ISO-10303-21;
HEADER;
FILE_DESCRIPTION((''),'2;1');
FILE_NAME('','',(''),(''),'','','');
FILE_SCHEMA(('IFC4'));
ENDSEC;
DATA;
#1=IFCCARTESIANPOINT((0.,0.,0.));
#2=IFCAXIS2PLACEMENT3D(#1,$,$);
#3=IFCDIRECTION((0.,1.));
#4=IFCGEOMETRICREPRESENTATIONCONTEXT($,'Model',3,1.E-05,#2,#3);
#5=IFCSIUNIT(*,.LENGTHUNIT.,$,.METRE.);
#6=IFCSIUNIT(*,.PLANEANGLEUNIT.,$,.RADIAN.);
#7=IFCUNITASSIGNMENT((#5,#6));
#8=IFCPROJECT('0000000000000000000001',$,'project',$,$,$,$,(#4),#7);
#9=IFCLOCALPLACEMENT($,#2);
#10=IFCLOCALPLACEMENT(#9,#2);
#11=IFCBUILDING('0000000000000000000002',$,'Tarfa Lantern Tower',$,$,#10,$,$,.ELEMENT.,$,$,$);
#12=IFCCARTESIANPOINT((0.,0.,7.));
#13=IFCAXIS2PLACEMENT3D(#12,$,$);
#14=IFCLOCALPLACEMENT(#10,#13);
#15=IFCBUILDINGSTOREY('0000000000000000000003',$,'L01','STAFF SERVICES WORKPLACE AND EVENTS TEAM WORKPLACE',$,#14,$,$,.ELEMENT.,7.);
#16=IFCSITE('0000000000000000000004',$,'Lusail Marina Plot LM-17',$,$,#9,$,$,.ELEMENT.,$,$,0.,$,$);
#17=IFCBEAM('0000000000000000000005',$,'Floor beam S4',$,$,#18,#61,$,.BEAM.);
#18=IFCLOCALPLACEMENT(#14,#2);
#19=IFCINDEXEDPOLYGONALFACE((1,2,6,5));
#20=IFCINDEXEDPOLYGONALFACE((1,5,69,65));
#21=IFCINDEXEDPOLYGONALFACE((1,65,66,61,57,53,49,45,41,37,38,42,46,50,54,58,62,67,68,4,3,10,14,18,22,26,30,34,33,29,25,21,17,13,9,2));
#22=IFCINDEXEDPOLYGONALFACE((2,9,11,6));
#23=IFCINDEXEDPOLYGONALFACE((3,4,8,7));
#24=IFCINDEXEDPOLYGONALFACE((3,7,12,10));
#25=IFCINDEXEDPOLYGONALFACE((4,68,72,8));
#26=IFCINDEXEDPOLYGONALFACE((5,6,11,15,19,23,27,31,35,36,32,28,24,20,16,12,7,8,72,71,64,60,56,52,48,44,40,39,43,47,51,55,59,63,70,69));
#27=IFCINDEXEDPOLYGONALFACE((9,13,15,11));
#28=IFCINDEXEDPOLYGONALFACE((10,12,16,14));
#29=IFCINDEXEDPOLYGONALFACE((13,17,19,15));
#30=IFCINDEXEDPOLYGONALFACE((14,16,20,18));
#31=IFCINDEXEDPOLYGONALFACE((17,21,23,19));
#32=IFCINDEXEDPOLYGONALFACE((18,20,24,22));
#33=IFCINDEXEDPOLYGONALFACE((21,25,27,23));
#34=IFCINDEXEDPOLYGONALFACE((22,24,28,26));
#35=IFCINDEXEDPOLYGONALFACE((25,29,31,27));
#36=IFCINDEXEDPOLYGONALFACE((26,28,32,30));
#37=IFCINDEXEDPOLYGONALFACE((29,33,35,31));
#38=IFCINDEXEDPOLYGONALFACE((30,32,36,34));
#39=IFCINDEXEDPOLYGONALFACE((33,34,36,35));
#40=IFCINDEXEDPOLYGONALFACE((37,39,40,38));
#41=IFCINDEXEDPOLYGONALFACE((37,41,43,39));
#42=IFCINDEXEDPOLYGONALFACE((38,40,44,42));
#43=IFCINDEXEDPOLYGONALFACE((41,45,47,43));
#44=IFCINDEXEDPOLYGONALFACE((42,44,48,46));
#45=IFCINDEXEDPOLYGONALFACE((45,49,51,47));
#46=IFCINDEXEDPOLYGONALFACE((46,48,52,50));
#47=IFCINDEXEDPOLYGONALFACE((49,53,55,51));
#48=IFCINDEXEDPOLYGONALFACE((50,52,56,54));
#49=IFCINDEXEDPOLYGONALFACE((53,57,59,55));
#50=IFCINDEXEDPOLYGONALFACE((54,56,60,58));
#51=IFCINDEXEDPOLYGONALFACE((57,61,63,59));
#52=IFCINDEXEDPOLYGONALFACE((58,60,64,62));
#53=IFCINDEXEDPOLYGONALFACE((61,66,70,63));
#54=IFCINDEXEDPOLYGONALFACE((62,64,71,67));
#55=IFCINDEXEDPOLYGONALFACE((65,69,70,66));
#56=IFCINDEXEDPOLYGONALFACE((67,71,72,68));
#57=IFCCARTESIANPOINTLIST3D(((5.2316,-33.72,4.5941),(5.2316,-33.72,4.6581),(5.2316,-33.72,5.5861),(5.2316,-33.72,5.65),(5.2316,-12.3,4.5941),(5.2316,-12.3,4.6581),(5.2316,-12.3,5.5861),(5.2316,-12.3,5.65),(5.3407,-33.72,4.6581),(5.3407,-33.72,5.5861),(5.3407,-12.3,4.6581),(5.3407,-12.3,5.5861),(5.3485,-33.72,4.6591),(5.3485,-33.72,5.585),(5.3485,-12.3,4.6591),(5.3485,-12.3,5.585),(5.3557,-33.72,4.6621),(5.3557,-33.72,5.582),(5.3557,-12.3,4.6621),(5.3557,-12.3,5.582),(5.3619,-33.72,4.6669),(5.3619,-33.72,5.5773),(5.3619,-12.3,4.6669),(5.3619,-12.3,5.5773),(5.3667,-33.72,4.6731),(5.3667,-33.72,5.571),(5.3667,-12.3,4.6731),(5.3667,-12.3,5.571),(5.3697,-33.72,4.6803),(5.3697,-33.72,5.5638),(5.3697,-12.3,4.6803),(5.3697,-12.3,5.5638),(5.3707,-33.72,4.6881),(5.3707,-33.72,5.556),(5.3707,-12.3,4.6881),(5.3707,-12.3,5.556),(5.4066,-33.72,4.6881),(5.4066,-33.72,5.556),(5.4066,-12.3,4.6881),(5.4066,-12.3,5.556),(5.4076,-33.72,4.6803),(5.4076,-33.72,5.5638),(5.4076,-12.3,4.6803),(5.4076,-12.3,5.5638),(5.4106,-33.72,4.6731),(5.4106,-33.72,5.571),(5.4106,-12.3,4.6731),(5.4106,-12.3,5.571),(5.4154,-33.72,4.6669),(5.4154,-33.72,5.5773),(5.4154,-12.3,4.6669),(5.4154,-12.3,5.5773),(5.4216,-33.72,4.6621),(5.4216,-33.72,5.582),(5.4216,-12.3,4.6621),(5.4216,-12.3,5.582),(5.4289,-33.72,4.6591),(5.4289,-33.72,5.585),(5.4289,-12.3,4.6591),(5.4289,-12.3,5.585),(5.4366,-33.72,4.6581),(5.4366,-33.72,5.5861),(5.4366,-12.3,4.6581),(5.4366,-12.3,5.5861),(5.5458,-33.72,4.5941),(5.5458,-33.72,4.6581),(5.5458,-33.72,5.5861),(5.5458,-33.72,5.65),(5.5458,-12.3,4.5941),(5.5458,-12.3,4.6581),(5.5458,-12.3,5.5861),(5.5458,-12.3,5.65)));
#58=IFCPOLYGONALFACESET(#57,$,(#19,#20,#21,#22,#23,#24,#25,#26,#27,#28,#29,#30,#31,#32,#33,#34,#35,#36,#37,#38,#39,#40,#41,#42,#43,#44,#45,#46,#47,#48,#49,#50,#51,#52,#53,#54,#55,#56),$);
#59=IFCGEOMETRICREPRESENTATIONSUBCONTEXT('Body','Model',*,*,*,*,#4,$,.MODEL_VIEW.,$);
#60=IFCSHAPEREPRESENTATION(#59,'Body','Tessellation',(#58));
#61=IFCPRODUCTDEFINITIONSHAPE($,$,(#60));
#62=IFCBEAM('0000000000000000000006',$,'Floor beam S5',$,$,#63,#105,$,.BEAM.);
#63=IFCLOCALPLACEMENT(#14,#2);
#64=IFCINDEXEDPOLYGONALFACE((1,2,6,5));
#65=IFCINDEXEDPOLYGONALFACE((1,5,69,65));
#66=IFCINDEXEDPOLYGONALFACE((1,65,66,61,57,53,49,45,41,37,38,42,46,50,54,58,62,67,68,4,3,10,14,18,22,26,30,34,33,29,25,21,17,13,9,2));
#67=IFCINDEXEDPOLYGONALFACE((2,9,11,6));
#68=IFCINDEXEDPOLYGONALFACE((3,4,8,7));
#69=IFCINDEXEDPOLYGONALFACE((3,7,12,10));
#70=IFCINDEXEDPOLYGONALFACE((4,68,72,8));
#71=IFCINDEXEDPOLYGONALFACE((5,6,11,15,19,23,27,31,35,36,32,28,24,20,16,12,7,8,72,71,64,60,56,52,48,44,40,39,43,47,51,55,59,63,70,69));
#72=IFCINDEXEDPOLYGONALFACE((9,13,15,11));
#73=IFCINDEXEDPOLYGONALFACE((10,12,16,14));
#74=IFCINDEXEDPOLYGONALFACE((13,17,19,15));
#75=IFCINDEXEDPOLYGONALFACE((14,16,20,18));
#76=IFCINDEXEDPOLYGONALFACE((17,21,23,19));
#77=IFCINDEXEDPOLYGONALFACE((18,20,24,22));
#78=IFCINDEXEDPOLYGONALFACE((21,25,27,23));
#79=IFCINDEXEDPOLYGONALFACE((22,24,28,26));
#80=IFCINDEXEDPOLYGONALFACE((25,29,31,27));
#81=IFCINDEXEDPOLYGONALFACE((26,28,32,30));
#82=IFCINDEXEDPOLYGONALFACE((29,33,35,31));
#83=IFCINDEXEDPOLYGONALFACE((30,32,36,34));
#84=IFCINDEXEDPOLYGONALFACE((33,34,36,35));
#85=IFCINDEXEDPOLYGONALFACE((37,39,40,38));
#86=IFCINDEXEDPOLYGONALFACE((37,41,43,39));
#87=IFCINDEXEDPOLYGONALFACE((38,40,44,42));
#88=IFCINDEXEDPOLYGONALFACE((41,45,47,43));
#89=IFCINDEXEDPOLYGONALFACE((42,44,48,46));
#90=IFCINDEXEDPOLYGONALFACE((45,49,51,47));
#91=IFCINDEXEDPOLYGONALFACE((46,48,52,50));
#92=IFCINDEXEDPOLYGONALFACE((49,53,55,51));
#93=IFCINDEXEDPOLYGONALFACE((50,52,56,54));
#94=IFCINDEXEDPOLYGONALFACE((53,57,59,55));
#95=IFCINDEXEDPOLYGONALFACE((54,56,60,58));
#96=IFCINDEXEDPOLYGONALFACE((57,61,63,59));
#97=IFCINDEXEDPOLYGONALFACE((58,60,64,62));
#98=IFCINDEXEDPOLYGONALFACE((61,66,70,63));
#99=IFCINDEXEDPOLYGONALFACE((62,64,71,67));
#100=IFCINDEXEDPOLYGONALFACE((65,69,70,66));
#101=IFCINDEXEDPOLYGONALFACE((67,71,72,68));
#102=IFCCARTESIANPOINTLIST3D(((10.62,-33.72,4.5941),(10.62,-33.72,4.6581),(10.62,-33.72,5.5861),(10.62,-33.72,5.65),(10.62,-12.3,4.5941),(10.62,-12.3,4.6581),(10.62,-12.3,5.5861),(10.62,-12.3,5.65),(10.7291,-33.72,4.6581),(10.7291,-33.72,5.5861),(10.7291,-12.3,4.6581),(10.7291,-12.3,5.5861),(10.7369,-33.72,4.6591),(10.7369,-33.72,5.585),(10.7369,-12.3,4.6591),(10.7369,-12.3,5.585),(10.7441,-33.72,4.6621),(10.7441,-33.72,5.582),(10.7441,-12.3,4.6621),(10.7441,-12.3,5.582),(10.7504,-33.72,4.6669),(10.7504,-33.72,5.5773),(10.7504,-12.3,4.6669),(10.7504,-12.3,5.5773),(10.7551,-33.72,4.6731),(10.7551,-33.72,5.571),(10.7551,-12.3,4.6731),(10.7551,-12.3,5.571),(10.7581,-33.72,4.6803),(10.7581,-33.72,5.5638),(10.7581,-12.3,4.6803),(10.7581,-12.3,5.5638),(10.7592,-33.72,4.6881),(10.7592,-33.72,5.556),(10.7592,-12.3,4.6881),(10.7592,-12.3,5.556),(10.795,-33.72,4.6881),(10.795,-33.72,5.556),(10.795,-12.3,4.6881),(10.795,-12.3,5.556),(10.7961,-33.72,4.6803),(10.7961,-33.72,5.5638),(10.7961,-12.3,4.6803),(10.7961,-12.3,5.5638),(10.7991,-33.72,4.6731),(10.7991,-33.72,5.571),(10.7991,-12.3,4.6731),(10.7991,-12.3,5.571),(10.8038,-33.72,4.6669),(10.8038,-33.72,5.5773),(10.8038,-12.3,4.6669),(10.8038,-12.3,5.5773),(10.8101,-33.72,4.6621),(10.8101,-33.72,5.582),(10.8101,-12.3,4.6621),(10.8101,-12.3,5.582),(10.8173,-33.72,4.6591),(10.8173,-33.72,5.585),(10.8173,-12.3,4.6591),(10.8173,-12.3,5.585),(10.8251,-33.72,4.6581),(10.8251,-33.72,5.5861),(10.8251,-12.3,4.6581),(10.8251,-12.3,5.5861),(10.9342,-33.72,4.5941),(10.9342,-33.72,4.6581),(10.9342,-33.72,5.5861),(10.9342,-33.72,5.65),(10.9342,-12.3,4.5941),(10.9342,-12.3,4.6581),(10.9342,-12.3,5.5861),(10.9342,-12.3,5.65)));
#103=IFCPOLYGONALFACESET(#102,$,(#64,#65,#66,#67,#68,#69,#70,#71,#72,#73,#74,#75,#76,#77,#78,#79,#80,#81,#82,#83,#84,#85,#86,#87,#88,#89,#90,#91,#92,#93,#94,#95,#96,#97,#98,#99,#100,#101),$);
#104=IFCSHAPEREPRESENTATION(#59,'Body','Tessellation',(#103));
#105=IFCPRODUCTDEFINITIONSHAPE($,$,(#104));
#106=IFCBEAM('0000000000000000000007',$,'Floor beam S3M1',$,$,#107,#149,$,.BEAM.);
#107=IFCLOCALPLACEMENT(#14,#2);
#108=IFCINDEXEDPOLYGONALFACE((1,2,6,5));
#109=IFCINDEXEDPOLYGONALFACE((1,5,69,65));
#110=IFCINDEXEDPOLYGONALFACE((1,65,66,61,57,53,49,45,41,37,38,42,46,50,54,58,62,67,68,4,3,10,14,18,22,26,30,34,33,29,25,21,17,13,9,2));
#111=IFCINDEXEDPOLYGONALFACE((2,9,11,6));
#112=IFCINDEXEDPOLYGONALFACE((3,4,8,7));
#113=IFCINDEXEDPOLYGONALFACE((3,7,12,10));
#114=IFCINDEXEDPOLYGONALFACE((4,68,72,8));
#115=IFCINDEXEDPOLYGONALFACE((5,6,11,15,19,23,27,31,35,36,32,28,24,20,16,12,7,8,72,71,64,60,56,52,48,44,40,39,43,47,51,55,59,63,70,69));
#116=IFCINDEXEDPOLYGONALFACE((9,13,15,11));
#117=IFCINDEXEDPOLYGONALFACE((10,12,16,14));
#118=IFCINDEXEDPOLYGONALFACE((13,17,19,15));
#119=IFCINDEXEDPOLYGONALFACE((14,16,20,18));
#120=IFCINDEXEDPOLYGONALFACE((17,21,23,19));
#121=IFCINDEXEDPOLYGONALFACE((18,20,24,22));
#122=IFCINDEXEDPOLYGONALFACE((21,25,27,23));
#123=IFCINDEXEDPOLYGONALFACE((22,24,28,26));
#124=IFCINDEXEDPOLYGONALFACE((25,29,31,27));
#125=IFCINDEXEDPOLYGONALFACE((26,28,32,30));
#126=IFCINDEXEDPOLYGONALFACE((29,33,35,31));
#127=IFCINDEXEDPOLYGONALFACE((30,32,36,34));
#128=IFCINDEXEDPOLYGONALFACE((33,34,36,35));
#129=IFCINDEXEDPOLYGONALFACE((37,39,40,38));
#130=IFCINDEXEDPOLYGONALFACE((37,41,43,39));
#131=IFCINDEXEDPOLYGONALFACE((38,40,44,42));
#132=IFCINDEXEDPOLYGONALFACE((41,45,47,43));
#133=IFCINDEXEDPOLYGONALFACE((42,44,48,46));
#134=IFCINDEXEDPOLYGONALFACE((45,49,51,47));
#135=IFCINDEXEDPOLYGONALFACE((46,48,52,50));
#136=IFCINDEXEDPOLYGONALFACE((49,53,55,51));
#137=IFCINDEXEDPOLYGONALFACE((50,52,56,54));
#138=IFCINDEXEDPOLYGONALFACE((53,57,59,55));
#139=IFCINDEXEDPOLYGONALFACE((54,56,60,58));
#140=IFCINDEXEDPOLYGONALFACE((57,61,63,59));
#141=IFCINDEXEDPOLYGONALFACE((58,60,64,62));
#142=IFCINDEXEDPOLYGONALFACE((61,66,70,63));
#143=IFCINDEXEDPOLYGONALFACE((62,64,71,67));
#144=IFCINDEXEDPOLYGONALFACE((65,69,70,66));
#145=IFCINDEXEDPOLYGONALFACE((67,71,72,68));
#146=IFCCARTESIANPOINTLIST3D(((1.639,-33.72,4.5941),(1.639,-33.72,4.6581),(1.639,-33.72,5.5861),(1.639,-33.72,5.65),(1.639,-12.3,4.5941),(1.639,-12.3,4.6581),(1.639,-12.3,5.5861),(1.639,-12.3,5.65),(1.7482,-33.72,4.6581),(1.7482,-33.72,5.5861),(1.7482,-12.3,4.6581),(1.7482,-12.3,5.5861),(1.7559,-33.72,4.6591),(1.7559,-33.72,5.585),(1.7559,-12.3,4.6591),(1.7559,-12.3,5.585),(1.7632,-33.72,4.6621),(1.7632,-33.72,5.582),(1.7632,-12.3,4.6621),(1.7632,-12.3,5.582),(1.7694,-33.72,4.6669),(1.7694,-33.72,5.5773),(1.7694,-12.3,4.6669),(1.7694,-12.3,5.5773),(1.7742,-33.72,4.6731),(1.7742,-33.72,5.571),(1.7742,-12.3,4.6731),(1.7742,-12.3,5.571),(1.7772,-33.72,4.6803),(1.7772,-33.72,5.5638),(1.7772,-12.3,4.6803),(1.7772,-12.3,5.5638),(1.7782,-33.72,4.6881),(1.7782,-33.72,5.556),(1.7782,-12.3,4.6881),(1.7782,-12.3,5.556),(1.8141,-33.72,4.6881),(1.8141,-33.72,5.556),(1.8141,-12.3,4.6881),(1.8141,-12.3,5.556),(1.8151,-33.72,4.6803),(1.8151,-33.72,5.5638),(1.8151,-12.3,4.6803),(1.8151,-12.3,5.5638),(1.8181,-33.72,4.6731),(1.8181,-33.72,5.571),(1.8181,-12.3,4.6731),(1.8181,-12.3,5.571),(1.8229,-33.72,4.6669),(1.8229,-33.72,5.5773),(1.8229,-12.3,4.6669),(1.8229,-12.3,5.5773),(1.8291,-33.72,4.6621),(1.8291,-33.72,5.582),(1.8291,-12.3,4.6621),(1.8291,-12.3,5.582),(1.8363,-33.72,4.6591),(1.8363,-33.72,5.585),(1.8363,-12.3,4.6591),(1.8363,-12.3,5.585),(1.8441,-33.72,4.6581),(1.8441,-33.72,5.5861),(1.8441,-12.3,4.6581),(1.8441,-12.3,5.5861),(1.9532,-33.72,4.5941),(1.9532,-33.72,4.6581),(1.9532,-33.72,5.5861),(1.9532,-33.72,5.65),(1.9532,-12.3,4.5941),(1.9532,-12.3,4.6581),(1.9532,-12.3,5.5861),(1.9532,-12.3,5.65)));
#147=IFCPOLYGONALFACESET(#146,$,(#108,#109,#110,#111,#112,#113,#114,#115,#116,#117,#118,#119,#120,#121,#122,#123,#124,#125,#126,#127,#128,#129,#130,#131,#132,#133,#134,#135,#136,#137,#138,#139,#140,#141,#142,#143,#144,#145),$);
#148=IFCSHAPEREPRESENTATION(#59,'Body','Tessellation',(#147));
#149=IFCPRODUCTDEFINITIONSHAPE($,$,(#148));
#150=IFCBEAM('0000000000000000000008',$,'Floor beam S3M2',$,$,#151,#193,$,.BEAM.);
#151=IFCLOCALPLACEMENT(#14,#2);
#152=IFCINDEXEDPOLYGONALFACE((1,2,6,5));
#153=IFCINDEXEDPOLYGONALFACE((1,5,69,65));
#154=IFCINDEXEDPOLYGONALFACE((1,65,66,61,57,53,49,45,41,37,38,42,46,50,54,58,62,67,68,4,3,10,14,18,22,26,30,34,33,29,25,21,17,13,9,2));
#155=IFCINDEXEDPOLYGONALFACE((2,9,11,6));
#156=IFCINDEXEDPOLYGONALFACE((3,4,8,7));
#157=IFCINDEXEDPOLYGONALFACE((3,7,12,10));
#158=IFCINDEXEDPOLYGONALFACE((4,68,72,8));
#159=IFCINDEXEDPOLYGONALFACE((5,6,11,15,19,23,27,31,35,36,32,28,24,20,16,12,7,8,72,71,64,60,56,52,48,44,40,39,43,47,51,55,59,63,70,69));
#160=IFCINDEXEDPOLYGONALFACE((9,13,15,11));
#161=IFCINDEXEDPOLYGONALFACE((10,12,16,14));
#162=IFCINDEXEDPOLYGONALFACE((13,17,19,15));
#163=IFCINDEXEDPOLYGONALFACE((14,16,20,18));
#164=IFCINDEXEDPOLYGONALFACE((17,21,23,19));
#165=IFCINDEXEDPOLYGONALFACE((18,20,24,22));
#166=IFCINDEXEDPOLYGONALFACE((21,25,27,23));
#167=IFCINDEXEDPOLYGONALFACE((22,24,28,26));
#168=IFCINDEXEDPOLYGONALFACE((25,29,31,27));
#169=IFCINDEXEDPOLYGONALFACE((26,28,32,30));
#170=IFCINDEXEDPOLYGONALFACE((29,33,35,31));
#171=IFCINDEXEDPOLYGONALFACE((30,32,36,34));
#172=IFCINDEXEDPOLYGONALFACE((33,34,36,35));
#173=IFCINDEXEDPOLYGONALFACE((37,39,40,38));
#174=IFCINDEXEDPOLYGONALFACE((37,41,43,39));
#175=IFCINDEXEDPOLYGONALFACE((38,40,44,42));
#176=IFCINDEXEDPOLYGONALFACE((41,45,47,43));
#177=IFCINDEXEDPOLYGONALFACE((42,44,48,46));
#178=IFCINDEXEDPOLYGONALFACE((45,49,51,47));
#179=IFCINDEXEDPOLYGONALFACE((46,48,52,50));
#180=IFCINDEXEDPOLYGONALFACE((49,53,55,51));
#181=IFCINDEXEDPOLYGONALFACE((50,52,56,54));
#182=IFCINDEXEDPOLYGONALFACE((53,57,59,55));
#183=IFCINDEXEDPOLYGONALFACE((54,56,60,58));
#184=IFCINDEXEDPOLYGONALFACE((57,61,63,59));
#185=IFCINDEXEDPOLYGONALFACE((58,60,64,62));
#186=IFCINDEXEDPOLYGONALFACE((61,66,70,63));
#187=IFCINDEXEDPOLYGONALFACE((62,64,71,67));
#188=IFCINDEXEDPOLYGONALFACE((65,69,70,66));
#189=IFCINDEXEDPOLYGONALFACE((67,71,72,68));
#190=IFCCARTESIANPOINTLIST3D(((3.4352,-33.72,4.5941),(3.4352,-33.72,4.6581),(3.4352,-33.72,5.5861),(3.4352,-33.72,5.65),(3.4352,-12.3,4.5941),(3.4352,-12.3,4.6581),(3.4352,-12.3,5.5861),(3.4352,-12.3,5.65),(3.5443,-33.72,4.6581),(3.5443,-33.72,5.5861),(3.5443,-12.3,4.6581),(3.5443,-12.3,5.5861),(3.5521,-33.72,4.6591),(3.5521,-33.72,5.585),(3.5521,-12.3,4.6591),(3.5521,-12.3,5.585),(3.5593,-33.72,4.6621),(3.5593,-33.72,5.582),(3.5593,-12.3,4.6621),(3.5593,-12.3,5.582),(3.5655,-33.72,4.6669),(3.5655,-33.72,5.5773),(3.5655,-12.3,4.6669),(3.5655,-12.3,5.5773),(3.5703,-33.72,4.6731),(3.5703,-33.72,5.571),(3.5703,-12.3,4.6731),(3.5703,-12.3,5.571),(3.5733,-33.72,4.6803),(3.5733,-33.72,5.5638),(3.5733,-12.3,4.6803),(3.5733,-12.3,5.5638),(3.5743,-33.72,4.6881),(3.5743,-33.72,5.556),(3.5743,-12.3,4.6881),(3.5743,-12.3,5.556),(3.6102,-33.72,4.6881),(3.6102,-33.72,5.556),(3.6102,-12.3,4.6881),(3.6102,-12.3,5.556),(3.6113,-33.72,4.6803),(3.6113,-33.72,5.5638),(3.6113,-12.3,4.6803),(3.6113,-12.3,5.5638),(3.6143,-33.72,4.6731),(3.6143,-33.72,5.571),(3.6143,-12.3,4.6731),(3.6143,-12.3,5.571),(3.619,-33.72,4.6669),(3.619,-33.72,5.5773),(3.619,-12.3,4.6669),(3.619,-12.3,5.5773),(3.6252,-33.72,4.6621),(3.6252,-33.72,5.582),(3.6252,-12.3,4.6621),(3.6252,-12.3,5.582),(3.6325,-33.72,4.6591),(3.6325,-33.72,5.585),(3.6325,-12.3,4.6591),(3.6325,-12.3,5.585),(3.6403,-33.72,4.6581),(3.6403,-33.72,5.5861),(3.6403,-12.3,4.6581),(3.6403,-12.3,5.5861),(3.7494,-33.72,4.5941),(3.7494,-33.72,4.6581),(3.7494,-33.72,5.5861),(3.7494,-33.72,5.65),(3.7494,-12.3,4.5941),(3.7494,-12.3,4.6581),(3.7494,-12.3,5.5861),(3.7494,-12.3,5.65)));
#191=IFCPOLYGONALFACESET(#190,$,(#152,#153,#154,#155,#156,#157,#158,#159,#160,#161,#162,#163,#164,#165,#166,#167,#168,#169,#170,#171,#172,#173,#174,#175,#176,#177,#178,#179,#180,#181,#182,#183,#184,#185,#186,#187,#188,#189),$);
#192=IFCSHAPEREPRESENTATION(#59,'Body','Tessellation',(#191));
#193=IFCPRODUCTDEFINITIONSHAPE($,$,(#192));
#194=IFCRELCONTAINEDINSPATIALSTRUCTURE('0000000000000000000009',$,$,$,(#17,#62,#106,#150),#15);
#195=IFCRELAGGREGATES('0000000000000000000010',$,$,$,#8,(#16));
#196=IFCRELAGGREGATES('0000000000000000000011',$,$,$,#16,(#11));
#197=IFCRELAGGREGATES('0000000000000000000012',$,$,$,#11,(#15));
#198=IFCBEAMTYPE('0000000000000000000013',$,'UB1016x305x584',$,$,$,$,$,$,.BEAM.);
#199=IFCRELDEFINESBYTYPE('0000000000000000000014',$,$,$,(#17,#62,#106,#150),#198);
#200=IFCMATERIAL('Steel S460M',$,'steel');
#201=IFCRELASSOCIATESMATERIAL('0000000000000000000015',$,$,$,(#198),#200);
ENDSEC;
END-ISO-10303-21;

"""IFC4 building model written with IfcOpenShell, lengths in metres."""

from ifc_helpers import new_model, si_unit, direction, frame, origin, origin_2d, place, context, subcontext, project, spatial, i_section, extrude, material, material_profile, profile_set, type_object, element, save


model = new_model("IFC4")

# Units and contexts
model_context = context("Model", 3, precision=1e-05, world=origin(), true_north=direction((0.0, 1.0)))
body_context = subcontext(model_context, "Body", "Model", "MODEL_VIEW")
ifc_project = project(units=[si_unit("LENGTHUNIT", "METRE"), si_unit("PLANEANGLEUNIT", "RADIAN")], contexts=[model_context])

# Site, building, storey
site_placement = place(None, origin())
site = spatial("IfcSite", under=ifc_project, at=site_placement, Name="Lusail Marina Plot LM-17", CompositionType="ELEMENT", RefElevation=0.0)
building_placement = place(site_placement, origin())
building = spatial("IfcBuilding", under=site, at=building_placement, Name="Tarfa Lantern Tower", CompositionType="ELEMENT")
storey_placement = place(building_placement, frame((0.0, 0.0, 7.0)))
storey = spatial("IfcBuildingStorey", under=building, at=storey_placement, Name="L01", Description="STAFF SERVICES WORKPLACE AND EVENTS TEAM WORKPLACE", CompositionType="ELEMENT", Elevation=7.0)

# Beams
ifc_material_1 = material(Name="Steel S460M", Category="steel")
ifc_material_profile_1 = material_profile(ifc_material_1, i_section(OverallWidth=0.3142, OverallDepth=1.0559, WebThickness=0.0359, FlangeThickness=0.064, FilletRadius=0.03, at=origin_2d()), Name="UB1016x305x584")
ifc_profile_set_1 = profile_set([ifc_material_profile_1], Name="Steel S460M")
beam_type_1 = type_object("IfcBeamType", Name="UB1016x305x584", PredefinedType="BEAM", material=ifc_profile_set_1)
for number, where, z_axis, x_axis, name in (
    (1, (5.3887, -33.72, 5.1221), (0.0, 1.0, 0.0), (-1.0, 0.0, 0.0), "Floor beam S4"),
    (2, (10.7771, -33.72, 5.1221), (0.0, 1.0, 0.0), (-1.0, 0.0, 0.0), "Floor beam S5"),
    (3, (1.7961, -33.72, 5.1221), (0.0, 1.0, 0.0), (-1.0, 0.0, 0.0), "Floor beam S3M1"),
    (4, (3.5923, -33.72, 5.1221), (0.0, 1.0, 0.0), (-1.0, 0.0, 0.0), "Floor beam S3M2"),
):
    element("IfcBeam", number, at=place(storey_placement, frame(where, z_axis=z_axis, x_axis=x_axis)), inside=storey, type_object=beam_type_1, Name=name, PredefinedType="BEAM", context=body_context, shape_type="SweptSolid", body=[
        extrude(i_section(OverallWidth=0.3142, OverallDepth=1.0559, WebThickness=0.0359, FlangeThickness=0.064, FilletRadius=0.03, at=origin_2d()), origin(), (0.0, 0.0, 1.0), 21.4199),
    ])

save(model, "model.ifc")
